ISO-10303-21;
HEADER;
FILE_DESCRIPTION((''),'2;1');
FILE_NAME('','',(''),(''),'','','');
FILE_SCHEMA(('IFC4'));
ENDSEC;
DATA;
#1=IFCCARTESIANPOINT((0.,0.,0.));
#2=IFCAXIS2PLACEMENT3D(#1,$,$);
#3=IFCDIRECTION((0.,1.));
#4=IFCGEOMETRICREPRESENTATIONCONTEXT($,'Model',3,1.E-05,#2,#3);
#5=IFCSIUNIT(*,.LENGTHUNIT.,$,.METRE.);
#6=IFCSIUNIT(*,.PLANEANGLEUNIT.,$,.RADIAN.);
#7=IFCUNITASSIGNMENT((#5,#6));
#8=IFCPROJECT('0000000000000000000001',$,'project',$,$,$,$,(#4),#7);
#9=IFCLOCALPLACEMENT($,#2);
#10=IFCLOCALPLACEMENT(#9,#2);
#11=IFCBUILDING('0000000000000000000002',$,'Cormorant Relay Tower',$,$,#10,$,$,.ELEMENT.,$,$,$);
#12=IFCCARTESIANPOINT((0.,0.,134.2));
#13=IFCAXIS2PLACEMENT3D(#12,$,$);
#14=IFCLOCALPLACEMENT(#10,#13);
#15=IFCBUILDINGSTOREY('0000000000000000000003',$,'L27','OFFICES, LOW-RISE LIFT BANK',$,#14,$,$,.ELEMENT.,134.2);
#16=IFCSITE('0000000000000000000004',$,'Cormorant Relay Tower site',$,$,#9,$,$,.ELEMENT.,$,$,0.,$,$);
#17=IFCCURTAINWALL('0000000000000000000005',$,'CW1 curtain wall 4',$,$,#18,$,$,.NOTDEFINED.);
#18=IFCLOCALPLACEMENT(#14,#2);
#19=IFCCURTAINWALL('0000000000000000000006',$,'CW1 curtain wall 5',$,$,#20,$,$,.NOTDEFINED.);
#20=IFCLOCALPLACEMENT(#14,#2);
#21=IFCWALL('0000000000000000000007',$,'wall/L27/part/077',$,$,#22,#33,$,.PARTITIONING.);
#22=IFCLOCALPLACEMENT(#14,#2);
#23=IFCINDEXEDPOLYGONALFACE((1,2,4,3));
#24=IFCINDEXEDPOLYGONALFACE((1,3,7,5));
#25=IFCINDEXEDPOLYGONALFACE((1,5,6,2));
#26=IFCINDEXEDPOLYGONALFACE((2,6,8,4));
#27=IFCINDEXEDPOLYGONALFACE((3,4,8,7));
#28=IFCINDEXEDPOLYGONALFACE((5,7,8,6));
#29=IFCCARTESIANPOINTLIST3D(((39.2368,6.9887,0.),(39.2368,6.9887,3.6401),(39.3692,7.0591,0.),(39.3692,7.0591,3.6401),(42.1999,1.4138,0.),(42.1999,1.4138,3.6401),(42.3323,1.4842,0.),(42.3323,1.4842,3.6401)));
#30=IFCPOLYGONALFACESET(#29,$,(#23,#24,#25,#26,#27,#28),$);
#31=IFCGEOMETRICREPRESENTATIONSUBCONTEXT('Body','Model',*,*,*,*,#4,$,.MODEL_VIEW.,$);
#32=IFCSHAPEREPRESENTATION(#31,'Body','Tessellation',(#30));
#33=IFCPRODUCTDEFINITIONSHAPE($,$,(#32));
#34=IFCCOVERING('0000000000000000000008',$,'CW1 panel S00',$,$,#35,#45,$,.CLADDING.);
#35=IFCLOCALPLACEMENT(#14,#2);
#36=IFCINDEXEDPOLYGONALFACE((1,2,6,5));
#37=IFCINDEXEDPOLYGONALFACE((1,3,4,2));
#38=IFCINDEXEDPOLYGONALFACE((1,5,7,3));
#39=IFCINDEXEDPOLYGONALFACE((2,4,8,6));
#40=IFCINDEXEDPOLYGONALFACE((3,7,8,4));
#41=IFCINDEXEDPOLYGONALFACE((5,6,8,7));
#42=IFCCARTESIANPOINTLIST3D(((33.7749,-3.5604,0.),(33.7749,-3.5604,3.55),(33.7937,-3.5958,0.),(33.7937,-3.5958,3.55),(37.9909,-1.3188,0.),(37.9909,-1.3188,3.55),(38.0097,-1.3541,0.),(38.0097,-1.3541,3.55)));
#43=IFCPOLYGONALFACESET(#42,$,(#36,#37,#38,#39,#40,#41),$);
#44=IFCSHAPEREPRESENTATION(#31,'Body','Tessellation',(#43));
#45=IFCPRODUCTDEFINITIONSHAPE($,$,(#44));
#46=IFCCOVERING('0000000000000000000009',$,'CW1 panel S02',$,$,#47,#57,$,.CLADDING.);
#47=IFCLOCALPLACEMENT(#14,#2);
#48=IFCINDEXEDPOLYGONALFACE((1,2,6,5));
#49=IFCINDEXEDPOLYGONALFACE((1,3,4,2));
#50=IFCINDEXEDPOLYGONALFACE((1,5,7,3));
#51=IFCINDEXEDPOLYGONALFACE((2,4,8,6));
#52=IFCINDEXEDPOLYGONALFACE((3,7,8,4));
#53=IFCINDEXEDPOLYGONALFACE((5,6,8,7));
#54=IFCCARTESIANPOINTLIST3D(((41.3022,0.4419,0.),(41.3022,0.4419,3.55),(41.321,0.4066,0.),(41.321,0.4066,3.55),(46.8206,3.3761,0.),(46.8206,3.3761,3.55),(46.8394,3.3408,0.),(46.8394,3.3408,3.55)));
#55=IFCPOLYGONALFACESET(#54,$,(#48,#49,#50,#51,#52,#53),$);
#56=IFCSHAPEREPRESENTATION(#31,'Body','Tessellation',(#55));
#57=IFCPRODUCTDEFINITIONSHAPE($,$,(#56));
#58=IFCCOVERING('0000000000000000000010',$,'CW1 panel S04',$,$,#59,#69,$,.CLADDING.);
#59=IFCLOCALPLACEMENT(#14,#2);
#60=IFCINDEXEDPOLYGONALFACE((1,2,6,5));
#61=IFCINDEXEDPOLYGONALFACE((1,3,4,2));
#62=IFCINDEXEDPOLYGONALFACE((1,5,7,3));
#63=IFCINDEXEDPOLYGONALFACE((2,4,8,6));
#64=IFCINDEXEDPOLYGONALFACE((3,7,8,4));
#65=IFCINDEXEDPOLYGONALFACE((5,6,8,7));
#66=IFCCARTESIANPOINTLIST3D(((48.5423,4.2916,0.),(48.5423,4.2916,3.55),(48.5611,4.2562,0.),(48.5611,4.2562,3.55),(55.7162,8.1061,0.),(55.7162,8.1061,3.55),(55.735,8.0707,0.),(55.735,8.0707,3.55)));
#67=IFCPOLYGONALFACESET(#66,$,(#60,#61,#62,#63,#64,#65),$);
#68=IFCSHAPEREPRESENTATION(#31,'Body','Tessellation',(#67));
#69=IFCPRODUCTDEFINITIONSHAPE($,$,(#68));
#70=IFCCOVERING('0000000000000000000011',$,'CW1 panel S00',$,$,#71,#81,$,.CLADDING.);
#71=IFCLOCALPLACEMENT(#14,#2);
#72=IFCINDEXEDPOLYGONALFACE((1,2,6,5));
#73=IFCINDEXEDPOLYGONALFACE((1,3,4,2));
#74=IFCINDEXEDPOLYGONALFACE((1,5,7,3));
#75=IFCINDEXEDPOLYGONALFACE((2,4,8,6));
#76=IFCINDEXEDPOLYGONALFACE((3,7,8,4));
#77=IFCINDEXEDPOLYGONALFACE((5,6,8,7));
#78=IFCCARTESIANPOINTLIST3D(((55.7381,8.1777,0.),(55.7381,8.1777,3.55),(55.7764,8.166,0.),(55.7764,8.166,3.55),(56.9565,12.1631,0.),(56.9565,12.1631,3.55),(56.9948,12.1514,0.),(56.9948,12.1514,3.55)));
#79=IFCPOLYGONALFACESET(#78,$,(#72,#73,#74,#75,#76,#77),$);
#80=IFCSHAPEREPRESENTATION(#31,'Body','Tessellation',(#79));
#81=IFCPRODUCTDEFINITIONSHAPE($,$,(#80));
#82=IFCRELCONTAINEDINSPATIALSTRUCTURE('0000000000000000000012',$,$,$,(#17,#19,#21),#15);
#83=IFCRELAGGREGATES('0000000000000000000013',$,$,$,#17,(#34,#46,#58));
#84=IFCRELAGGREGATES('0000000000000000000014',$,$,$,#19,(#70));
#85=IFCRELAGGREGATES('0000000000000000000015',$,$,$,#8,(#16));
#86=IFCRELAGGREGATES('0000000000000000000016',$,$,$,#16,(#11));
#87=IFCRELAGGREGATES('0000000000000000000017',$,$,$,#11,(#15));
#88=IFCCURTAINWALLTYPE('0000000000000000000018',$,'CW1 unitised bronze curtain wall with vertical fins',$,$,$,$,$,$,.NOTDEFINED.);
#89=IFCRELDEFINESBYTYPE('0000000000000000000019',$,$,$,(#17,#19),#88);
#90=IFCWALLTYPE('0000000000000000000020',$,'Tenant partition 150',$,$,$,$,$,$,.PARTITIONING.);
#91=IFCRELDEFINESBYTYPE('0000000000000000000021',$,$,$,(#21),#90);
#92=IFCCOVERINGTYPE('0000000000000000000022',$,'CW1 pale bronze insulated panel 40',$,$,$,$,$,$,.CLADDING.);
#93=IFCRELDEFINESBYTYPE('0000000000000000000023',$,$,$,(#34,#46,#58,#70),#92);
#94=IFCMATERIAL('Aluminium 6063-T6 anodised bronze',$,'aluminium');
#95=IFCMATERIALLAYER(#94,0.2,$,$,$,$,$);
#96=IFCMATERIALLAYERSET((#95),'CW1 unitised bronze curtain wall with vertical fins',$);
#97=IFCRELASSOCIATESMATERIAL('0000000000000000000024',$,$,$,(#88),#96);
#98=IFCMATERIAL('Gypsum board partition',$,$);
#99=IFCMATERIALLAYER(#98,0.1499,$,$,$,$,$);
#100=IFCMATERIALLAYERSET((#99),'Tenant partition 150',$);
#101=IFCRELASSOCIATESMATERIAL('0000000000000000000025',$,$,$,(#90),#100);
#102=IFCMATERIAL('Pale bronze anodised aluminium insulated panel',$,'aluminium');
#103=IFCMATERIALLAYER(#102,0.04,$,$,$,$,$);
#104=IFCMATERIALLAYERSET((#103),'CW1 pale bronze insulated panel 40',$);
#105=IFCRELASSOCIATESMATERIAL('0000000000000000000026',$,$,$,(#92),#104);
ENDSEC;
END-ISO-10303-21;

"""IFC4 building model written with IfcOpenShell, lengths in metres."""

from ifc_helpers import new_model, si_unit, direction, frame, frame_2d, origin, origin_2d, place, context, subcontext, project, spatial, rectangle, extrude, material, layer, layer_set, type_object, element, aggregate, save


model = new_model("IFC4")

# Units and contexts
model_context = context("Model", 3, precision=1e-05, world=origin(), true_north=direction((0.0, 1.0)))
body_context = subcontext(model_context, "Body", "Model", "MODEL_VIEW")
ifc_project = project(units=[si_unit("LENGTHUNIT", "METRE"), si_unit("PLANEANGLEUNIT", "RADIAN")], contexts=[model_context])

# Site, building, storey
site_placement = place(None, origin())
site = spatial("IfcSite", under=ifc_project, at=site_placement, Name="Cormorant Relay Tower site", CompositionType="ELEMENT", RefElevation=0.0)
building_placement = place(site_placement, origin())
building = spatial("IfcBuilding", under=site, at=building_placement, Name="Cormorant Relay Tower", CompositionType="ELEMENT")
storey_placement = place(building_placement, frame((0.0, 0.0, 134.2)))
storey = spatial("IfcBuildingStorey", under=building, at=storey_placement, Name="L27", Description="OFFICES, LOW-RISE LIFT BANK", CompositionType="ELEMENT", Elevation=134.2)

# Shared definitions
ifc_material_1 = material(Name="Aluminium 6063-T6 anodised bronze", Category="aluminium")
ifc_layer_1 = layer(ifc_material_1, 0.2)
ifc_layer_set_1 = layer_set([ifc_layer_1], Name="CW1 unitised bronze curtain wall with vertical fins")
curtain_wall_type = type_object("IfcCurtainWallType", Name="CW1 unitised bronze curtain wall with vertical fins", PredefinedType="NOTDEFINED", material=ifc_layer_set_1)

# Curtain wall
curtain_wall_1_placement = place(storey_placement, origin())
curtain_wall_1 = element("IfcCurtainWall", 1, at=curtain_wall_1_placement, inside=storey, type_object=curtain_wall_type, Name="CW1 curtain wall 4", PredefinedType="NOTDEFINED")

# Curtain wall
curtain_wall_2_placement = place(storey_placement, origin())
curtain_wall_2 = element("IfcCurtainWall", 2, at=curtain_wall_2_placement, inside=storey, type_object=curtain_wall_type, Name="CW1 curtain wall 5", PredefinedType="NOTDEFINED")

# Wall
ifc_material_2 = material(Name="Gypsum board partition")
ifc_layer_2 = layer(ifc_material_2, 0.1499)
ifc_layer_set_2 = layer_set([ifc_layer_2], Name="Tenant partition 150")
wall_type_1 = type_object("IfcWallType", Name="Tenant partition 150", PredefinedType="PARTITIONING", material=ifc_layer_set_2)
wall_1_placement = place(storey_placement, frame((39.303, 7.0239, 0.0), z_axis=(0.0, 0.0, 1.0), x_axis=(0.469333, -0.883021, 0.0)))
element("IfcWall", 3, at=wall_1_placement, inside=storey, type_object=wall_type_1, Name="wall/L27/part/077", PredefinedType="PARTITIONING", context=body_context, shape_type="SweptSolid", body=[
    extrude(rectangle(XDim=6.3135, YDim=0.1499, at=frame_2d((3.1567, 0.0))), origin(), (0.0, 0.0, 1.0), 3.6401),
])

# Coverings
ifc_material_3 = material(Name="Pale bronze anodised aluminium insulated panel", Category="aluminium")
ifc_layer_3 = layer(ifc_material_3, 0.04)
ifc_layer_set_3 = layer_set([ifc_layer_3], Name="CW1 pale bronze insulated panel 40")
covering_type = type_object("IfcCoveringType", Name="CW1 pale bronze insulated panel 40", PredefinedType="CLADDING", material=ifc_layer_set_3)
covering_1_placement = place(storey_placement, frame((35.8923, -2.4573, 0.0), z_axis=(0.0, 0.0, 1.0), x_axis=(0.882948, 0.469472, 0.0)))
covering_1 = element("IfcCovering", 4, at=covering_1_placement, type_object=covering_type, Name="CW1 panel S00", PredefinedType="CLADDING", context=body_context, shape_type="SweptSolid", body=[
    extrude(rectangle(XDim=4.7749, YDim=0.04, at=origin_2d()), origin(), (0.0, 0.0, 1.0), 3.55),
])
covering_2_placement = place(storey_placement, frame((44.0708, 1.8914, 0.0), z_axis=(0.0, 0.0, 1.0), x_axis=(0.882948, 0.469472, 0.0)))
covering_2 = element("IfcCovering", 5, at=covering_2_placement, type_object=covering_type, Name="CW1 panel S02", PredefinedType="CLADDING", context=body_context, shape_type="SweptSolid", body=[
    extrude(rectangle(XDim=6.25, YDim=0.04, at=origin_2d()), origin(), (0.0, 0.0, 1.0), 3.55),
])
covering_3_placement = place(storey_placement, frame((52.1387, 6.1812, 0.0), z_axis=(0.0, 0.0, 1.0), x_axis=(0.882948, 0.469472, 0.0)))
covering_3 = element("IfcCovering", 6, at=covering_3_placement, type_object=covering_type, Name="CW1 panel S04", PredefinedType="CLADDING", context=body_context, shape_type="SweptSolid", body=[
    extrude(rectangle(XDim=8.125, YDim=0.04, at=origin_2d()), origin(), (0.0, 0.0, 1.0), 3.55),
])
aggregate(curtain_wall_1, [covering_1, covering_2, covering_3])
covering_4_placement = place(storey_placement, frame((56.3665, 10.1646, 0.0), z_axis=(0.0, 0.0, 1.0), x_axis=(0.292372, 0.956305, 0.0)))
covering_4 = element("IfcCovering", 7, at=covering_4_placement, type_object=covering_type, Name="CW1 panel S00", PredefinedType="CLADDING", context=body_context, shape_type="SweptSolid", body=[
    extrude(rectangle(XDim=4.1675, YDim=0.04, at=origin_2d()), origin(), (0.0, 0.0, 1.0), 3.55),
])
aggregate(curtain_wall_2, [covering_4])

save(model, "model.ifc")
